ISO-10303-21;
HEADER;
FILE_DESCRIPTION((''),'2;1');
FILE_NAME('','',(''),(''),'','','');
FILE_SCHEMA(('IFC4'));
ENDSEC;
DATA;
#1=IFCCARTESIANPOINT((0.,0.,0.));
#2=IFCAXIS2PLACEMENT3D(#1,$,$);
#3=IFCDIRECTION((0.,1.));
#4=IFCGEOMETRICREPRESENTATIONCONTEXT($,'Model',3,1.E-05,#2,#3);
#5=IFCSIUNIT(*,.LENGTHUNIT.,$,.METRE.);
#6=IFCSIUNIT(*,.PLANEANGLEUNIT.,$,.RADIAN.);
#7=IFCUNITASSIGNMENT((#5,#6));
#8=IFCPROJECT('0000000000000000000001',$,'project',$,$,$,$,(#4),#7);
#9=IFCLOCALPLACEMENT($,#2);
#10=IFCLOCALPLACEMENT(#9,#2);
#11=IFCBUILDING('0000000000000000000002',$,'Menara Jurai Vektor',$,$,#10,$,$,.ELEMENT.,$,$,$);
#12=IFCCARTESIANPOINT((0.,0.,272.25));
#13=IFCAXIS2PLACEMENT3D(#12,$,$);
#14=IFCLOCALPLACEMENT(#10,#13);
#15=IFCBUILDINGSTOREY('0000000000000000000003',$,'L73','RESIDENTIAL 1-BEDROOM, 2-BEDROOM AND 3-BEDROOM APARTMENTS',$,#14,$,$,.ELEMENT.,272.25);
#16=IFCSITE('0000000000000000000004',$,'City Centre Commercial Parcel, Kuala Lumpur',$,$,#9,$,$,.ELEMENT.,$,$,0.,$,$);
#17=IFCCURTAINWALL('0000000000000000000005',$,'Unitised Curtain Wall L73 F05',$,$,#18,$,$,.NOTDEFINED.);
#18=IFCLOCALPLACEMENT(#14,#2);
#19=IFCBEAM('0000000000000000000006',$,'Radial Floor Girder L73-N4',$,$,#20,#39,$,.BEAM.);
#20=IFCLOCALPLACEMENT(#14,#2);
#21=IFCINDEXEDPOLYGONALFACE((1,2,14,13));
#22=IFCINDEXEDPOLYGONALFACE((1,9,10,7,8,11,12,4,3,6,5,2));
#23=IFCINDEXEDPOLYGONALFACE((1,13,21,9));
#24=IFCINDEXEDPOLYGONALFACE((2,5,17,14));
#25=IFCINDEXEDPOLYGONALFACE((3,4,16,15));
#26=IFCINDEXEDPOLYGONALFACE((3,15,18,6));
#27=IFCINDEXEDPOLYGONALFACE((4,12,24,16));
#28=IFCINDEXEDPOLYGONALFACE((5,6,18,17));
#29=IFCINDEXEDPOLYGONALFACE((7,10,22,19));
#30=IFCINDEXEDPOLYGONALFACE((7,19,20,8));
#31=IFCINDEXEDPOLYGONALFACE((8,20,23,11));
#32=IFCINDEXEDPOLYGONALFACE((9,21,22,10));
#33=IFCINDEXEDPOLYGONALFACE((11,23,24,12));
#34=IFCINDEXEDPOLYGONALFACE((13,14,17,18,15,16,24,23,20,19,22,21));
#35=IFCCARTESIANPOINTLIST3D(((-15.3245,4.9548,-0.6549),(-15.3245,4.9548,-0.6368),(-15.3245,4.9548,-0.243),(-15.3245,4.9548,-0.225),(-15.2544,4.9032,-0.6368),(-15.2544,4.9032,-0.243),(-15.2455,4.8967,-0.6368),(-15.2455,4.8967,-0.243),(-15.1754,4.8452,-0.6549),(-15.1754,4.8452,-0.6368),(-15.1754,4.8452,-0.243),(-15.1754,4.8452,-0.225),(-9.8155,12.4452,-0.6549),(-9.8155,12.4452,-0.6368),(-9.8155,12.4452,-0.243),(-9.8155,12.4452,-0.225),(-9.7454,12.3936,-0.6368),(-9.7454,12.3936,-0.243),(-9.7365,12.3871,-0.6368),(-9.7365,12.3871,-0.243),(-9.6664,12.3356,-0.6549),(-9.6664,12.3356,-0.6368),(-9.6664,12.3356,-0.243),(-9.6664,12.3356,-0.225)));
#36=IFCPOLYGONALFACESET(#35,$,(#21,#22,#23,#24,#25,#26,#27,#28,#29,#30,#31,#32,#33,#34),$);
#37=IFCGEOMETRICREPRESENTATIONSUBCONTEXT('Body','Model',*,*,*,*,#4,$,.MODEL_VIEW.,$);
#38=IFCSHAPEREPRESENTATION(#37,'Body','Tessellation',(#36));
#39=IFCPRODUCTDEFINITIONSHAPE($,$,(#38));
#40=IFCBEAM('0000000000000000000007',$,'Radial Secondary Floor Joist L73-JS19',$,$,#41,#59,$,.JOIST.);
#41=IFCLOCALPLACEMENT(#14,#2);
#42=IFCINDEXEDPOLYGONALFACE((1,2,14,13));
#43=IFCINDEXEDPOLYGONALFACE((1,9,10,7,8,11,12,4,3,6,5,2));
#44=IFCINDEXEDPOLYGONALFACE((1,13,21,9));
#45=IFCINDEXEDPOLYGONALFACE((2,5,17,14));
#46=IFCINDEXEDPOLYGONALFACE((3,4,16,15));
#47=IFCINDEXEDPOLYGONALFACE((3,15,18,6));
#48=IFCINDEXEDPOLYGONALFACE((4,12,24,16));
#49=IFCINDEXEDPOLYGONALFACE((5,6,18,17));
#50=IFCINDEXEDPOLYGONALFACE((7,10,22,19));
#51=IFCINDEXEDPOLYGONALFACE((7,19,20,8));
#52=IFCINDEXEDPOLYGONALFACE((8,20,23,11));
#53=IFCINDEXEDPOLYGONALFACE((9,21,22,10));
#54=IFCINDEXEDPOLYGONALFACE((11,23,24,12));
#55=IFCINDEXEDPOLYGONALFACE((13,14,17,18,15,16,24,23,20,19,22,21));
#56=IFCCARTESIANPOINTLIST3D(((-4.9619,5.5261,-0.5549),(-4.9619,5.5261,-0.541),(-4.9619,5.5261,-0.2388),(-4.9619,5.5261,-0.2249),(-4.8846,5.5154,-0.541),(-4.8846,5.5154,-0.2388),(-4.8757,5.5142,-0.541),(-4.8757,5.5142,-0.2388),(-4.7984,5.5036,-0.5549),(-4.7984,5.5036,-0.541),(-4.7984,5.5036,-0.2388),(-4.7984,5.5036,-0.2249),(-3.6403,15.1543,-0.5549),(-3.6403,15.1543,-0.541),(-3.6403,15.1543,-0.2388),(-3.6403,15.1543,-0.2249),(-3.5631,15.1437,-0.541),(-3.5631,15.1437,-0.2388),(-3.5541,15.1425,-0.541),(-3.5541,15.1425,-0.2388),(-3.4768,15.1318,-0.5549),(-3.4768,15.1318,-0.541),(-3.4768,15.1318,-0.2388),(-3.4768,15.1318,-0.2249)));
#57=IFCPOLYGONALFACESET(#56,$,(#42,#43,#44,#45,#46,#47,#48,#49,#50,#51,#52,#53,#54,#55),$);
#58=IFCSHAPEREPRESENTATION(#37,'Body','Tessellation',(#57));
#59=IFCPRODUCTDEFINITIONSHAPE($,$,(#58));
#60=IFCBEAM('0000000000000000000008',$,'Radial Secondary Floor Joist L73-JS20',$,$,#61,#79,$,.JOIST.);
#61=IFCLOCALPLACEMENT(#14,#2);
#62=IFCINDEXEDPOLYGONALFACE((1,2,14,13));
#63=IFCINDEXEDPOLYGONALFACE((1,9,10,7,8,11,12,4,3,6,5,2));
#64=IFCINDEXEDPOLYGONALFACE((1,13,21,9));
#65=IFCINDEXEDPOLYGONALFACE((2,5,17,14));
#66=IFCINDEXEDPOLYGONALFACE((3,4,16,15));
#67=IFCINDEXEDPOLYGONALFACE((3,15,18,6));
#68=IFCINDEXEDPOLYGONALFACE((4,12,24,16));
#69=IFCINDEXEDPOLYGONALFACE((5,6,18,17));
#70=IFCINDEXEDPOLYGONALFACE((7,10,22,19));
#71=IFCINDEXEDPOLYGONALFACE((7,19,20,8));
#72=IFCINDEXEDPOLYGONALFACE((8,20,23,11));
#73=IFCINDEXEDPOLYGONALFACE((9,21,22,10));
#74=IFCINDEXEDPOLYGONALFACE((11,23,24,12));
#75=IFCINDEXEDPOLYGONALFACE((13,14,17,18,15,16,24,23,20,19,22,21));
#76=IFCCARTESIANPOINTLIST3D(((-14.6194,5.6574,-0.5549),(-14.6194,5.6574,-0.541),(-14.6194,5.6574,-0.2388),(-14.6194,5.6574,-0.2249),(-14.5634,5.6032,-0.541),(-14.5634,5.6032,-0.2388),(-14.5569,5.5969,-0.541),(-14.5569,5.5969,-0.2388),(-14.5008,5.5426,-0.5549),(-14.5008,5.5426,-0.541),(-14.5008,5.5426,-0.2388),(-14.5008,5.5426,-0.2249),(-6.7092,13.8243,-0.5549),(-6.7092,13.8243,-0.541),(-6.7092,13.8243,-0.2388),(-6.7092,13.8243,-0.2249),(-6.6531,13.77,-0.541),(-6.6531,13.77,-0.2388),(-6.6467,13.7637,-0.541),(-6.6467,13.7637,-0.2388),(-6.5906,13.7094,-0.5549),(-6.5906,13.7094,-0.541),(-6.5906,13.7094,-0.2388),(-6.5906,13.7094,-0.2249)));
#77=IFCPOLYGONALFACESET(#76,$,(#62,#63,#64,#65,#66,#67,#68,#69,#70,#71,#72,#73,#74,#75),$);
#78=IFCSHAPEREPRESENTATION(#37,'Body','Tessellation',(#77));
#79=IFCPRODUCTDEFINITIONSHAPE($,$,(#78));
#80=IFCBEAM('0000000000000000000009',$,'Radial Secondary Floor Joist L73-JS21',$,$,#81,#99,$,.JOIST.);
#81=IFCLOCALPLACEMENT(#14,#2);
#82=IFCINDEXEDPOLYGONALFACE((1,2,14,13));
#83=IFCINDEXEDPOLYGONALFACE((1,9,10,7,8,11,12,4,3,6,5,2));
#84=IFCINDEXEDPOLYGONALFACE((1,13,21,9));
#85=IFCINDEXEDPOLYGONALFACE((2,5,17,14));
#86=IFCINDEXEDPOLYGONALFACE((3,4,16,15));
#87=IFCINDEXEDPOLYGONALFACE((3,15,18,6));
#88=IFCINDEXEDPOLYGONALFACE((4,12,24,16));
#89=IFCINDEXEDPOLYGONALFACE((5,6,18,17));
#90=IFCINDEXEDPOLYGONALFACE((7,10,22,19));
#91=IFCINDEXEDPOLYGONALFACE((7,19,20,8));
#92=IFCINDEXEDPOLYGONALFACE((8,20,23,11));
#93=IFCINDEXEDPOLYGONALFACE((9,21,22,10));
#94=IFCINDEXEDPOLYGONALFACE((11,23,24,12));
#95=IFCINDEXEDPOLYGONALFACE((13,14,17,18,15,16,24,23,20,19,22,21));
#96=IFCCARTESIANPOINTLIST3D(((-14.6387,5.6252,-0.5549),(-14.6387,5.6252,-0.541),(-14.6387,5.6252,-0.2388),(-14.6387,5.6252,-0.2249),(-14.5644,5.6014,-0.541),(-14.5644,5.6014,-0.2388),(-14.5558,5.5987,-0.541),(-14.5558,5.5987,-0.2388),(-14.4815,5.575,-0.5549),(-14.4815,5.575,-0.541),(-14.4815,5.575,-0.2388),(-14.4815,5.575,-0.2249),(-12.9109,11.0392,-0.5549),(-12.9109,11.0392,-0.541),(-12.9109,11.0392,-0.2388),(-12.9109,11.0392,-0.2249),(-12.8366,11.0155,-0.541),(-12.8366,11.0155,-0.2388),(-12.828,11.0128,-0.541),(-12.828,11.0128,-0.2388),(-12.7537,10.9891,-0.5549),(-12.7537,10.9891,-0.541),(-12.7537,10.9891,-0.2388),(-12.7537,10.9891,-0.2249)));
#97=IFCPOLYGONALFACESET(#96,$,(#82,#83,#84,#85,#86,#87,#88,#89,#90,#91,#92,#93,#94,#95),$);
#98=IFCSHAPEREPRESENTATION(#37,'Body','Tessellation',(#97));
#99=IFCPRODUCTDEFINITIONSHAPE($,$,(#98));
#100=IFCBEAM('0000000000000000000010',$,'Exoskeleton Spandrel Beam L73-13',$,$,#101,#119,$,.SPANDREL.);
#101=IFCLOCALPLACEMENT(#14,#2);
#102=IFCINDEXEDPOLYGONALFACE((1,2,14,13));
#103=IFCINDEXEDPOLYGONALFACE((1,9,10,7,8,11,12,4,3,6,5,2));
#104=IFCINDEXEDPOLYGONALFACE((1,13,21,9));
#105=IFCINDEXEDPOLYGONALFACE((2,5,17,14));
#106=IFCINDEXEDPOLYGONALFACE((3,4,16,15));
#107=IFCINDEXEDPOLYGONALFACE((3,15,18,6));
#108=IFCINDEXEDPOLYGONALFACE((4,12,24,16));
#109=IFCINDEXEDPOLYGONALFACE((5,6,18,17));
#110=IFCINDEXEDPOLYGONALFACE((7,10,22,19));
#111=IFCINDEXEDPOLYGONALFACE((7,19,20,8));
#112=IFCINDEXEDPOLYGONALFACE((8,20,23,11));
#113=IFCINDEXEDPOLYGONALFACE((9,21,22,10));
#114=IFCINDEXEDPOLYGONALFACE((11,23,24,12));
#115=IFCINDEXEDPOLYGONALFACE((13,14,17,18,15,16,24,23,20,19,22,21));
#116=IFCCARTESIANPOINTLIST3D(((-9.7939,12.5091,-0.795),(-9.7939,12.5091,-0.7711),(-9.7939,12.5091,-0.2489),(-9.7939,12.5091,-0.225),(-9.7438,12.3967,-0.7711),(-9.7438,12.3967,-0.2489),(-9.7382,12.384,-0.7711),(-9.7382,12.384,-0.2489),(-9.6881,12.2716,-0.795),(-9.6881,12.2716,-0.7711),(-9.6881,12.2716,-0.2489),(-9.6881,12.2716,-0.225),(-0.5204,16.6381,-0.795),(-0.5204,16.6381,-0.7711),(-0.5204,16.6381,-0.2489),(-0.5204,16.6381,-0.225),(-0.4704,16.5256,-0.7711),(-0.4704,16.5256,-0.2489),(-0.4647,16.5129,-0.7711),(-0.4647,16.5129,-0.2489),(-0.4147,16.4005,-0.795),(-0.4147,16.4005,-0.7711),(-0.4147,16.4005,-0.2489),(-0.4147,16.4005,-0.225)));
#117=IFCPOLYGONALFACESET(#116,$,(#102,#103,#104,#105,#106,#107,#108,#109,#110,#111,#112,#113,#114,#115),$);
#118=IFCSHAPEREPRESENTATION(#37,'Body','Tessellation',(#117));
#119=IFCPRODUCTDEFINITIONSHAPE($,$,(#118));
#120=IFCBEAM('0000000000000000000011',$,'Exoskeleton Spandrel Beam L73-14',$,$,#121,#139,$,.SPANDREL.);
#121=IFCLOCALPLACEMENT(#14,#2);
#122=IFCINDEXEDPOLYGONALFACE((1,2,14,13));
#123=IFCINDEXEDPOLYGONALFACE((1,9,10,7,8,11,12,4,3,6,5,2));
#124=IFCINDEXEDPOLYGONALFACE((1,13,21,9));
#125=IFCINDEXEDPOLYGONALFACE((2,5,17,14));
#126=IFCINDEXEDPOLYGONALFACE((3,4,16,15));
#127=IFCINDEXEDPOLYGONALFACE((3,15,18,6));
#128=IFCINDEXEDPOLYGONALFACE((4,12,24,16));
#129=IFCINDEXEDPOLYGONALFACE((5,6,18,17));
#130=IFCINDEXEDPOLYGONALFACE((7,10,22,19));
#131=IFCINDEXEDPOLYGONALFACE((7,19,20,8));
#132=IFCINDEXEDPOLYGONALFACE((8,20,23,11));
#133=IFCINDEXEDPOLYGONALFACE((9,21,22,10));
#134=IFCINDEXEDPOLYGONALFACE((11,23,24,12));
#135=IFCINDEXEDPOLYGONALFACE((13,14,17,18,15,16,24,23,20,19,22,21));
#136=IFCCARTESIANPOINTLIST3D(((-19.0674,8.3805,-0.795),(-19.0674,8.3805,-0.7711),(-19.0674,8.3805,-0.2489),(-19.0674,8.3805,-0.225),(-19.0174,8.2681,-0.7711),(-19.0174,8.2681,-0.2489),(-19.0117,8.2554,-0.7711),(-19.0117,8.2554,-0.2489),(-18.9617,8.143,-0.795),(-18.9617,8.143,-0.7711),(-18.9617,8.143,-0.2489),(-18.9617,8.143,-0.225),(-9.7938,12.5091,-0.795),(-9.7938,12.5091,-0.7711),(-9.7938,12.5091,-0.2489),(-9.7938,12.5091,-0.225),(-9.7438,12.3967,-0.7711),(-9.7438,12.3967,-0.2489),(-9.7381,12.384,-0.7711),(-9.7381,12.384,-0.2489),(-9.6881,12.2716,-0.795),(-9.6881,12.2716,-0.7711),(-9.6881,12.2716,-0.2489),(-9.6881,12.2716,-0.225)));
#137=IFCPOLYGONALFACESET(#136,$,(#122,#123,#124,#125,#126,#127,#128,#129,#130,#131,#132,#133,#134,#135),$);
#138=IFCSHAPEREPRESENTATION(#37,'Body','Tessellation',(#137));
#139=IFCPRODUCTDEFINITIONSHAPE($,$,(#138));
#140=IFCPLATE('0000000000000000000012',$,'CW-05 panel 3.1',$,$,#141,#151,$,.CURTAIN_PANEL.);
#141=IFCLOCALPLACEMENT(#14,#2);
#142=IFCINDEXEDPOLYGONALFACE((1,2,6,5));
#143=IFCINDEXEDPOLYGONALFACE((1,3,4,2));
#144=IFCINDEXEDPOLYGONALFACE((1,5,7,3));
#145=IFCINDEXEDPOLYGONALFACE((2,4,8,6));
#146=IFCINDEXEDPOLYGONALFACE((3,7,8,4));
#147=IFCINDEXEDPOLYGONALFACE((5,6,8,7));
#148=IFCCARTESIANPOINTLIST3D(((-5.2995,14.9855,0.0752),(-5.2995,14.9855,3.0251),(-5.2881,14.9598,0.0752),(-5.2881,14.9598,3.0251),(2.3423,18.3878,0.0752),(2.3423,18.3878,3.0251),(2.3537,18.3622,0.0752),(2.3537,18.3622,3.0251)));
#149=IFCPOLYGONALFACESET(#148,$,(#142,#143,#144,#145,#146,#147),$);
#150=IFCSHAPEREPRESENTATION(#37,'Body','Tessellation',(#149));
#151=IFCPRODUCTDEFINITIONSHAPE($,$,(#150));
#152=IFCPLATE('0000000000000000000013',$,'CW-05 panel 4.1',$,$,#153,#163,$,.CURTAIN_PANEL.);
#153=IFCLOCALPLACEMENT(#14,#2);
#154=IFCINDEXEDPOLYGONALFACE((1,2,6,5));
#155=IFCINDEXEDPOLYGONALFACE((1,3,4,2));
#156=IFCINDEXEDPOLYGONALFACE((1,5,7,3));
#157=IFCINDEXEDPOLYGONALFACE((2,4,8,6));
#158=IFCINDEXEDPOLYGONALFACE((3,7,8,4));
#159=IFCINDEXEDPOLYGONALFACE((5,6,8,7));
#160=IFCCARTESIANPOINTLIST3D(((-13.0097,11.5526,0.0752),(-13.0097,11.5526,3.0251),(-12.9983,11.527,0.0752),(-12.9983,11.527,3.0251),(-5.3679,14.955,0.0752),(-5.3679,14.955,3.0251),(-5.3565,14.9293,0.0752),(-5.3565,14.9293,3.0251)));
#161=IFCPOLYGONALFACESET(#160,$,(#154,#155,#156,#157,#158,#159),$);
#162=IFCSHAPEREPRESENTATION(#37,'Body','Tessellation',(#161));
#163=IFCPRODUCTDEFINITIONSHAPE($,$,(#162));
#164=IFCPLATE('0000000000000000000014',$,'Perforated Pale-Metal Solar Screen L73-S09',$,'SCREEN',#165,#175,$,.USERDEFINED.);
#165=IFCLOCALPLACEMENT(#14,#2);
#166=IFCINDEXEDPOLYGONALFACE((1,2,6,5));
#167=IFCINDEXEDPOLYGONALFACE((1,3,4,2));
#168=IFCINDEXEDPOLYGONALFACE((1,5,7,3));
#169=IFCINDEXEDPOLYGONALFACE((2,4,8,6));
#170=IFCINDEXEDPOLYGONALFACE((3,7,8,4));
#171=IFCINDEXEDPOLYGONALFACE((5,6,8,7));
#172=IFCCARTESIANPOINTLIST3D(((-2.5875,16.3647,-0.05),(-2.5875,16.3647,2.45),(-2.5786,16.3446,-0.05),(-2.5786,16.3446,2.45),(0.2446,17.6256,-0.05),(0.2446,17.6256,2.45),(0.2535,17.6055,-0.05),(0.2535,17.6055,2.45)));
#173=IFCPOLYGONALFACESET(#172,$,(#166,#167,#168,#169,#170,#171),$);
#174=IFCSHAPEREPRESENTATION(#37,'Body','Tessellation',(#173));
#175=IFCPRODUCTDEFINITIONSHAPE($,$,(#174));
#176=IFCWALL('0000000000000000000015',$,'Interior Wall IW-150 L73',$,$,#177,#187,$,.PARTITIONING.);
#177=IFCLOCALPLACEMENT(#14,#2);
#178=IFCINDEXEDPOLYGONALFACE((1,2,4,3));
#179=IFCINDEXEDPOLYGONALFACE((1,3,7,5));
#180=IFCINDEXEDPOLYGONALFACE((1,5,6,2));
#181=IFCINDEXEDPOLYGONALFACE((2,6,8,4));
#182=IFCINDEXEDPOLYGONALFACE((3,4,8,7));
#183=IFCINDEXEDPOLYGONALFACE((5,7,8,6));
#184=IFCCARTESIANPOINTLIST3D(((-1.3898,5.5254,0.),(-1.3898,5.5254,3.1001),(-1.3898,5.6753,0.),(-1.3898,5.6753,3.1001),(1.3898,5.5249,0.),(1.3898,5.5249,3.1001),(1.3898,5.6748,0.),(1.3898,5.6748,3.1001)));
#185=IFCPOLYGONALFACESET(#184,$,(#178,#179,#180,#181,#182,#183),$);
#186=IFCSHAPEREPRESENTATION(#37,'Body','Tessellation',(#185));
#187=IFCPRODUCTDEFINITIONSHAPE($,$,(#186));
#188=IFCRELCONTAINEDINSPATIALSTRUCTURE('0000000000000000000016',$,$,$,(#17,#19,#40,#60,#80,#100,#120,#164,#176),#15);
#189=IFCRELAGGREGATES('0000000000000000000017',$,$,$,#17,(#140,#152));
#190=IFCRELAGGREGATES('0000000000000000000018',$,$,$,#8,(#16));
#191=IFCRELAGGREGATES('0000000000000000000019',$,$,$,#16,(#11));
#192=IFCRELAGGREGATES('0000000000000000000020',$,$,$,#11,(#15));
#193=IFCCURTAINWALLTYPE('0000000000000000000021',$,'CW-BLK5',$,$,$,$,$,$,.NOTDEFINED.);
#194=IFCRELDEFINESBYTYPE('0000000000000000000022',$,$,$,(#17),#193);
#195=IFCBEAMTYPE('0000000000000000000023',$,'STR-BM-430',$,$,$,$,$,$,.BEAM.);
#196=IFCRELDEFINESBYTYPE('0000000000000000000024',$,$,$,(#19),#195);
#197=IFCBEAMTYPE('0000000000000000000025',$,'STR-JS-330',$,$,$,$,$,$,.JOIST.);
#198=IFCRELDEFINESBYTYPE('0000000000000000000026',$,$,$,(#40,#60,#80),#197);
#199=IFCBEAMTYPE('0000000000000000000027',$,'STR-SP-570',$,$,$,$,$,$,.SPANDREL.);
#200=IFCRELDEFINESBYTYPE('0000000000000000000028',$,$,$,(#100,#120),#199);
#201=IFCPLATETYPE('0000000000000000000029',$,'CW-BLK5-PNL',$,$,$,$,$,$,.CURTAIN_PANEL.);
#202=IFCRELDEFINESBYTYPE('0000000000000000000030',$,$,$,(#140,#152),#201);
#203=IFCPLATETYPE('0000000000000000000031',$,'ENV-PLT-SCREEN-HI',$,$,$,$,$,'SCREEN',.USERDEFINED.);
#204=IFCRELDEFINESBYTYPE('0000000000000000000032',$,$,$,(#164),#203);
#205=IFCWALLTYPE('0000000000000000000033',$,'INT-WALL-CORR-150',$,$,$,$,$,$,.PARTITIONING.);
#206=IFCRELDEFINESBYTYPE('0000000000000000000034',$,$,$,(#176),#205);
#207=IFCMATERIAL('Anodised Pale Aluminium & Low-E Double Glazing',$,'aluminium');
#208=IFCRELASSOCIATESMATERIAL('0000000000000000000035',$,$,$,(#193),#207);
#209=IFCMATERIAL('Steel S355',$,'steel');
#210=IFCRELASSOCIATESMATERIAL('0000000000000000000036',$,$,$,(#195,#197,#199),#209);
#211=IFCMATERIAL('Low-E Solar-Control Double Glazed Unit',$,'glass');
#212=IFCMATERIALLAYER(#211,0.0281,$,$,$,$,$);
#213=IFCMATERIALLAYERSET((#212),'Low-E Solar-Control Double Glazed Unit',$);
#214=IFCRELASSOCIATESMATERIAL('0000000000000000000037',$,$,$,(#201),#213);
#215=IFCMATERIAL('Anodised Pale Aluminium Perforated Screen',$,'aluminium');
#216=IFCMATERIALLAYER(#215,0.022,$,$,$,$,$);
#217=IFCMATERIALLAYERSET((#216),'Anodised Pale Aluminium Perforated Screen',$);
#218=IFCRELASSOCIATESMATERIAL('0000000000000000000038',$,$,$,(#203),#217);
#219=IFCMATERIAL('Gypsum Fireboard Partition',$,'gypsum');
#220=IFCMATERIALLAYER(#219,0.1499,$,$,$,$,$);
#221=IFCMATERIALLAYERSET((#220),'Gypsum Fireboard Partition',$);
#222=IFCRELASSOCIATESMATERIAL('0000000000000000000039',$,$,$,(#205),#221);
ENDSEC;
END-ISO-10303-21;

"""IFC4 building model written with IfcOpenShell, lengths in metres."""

from ifc_helpers import new_model, si_unit, direction, frame, frame_2d, origin, origin_2d, place, context, subcontext, project, spatial, rectangle, i_section, extrude, material, layer, layer_set, material_profile, profile_set, type_object, element, aggregate, save


model = new_model("IFC4")

# Units and contexts
model_context = context("Model", 3, precision=1e-05, world=origin(), true_north=direction((0.0, 1.0)))
body_context = subcontext(model_context, "Body", "Model", "MODEL_VIEW")
ifc_project = project(units=[si_unit("LENGTHUNIT", "METRE"), si_unit("PLANEANGLEUNIT", "RADIAN")], contexts=[model_context])

# Site, building, storey
site_placement = place(None, origin())
site = spatial("IfcSite", under=ifc_project, at=site_placement, Name="City Centre Commercial Parcel, Kuala Lumpur", CompositionType="ELEMENT", RefElevation=0.0)
building_placement = place(site_placement, origin())
building = spatial("IfcBuilding", under=site, at=building_placement, Name="Menara Jurai Vektor", CompositionType="ELEMENT")
storey_placement = place(building_placement, frame((0.0, 0.0, 272.25)))
storey = spatial("IfcBuildingStorey", under=building, at=storey_placement, Name="L73", Description="RESIDENTIAL 1-BEDROOM, 2-BEDROOM AND 3-BEDROOM APARTMENTS", CompositionType="ELEMENT", Elevation=272.25)

# Curtain wall
ifc_material_1 = material(Name="Anodised Pale Aluminium & Low-E Double Glazing", Category="aluminium")
curtain_wall_type = type_object("IfcCurtainWallType", Name="CW-BLK5", PredefinedType="NOTDEFINED", material=ifc_material_1)
curtain_wall_placement = place(storey_placement, origin())
curtain_wall = element("IfcCurtainWall", 1, at=curtain_wall_placement, inside=storey, type_object=curtain_wall_type, Name="Unitised Curtain Wall L73 F05", PredefinedType="NOTDEFINED")

# Beams
ifc_material_2 = material(Name="Steel S355", Category="steel")
ifc_material_profile_1 = material_profile(ifc_material_2, i_section(OverallWidth=0.1851, OverallDepth=0.4299, WebThickness=0.011, FlangeThickness=0.0181, at=origin_2d()), Name="PG 430x185x76")
ifc_profile_set_1 = profile_set([ifc_material_profile_1], Name="Steel S355")
beam_type_1 = type_object("IfcBeamType", Name="STR-BM-430", PredefinedType="BEAM", material=ifc_profile_set_1)
beam_1_placement = place(storey_placement, frame((-9.741, 12.3904, -0.4399), z_axis=(-0.592483, -0.805583, 0.0), x_axis=(0.805583, -0.592483, 0.0)))
element("IfcBeam", 2, at=beam_1_placement, inside=storey, type_object=beam_type_1, Name="Radial Floor Girder L73-N4", PredefinedType="BEAM", context=body_context, shape_type="SweptSolid", body=[
    extrude(i_section(OverallWidth=0.1851, OverallDepth=0.4299, WebThickness=0.011, FlangeThickness=0.0181, at=origin_2d()), origin(), (0.0, 0.0, 1.0), 9.2981),
])
ifc_material_profile_2 = material_profile(ifc_material_2, i_section(OverallWidth=0.165, OverallDepth=0.3301, WebThickness=0.009, FlangeThickness=0.0139, at=origin_2d()), Name="PG 330x165x46")
ifc_profile_set_2 = profile_set([ifc_material_profile_2], Name="Steel S355")
beam_type_2 = type_object("IfcBeamType", Name="STR-JS-330", PredefinedType="JOIST", material=ifc_profile_set_2)
beam_2_placement = place(storey_placement, frame((-3.5586, 15.1431, -0.3899), z_axis=(-0.135982, -0.990711, 0.0), x_axis=(0.990711, -0.135982, 0.0)))
element("IfcBeam", 3, at=beam_2_placement, inside=storey, type_object=beam_type_2, Name="Radial Secondary Floor Joist L73-JS19", PredefinedType="JOIST", context=body_context, shape_type="SweptSolid", body=[
    extrude(i_section(OverallWidth=0.165, OverallDepth=0.3301, WebThickness=0.009, FlangeThickness=0.0139, at=origin_2d()), origin(), (0.0, 0.0, 1.0), 9.7185),
])
beam_3_placement = place(storey_placement, frame((-6.6499, 13.7668, -0.3899), z_axis=(-0.695733, -0.718301, 0.0), x_axis=(0.718301, -0.695733, 0.0)))
element("IfcBeam", 4, at=beam_3_placement, inside=storey, type_object=beam_type_2, Name="Radial Secondary Floor Joist L73-JS20", PredefinedType="JOIST", context=body_context, shape_type="SweptSolid", body=[
    extrude(i_section(OverallWidth=0.165, OverallDepth=0.3301, WebThickness=0.009, FlangeThickness=0.0139, at=origin_2d()), origin(), (0.0, 0.0, 1.0), 11.3696),
])
beam_4_placement = place(storey_placement, frame((-12.8323, 11.0142, -0.3899), z_axis=(-0.304023, -0.952665, 0.0), x_axis=(0.952665, -0.304023, 0.0)))
element("IfcBeam", 5, at=beam_4_placement, inside=storey, type_object=beam_type_2, Name="Radial Secondary Floor Joist L73-JS21", PredefinedType="JOIST", context=body_context, shape_type="SweptSolid", body=[
    extrude(i_section(OverallWidth=0.165, OverallDepth=0.3301, WebThickness=0.009, FlangeThickness=0.0139, at=origin_2d()), origin(), (0.0, 0.0, 1.0), 5.6831),
])
ifc_material_profile_3 = material_profile(ifc_material_2, i_section(OverallWidth=0.26, OverallDepth=0.5701, WebThickness=0.0139, FlangeThickness=0.0239, at=origin_2d()), Name="PG 570x260x145")
ifc_profile_set_3 = profile_set([ifc_material_profile_3], Name="Steel S355")
beam_type_3 = type_object("IfcBeamType", Name="STR-SP-570", PredefinedType="SPANDREL", material=ifc_profile_set_3)
for number, where, z_axis, x_axis, name in (
    (6, (-0.4675, 16.5193, -0.51), (-0.913542, -0.406745, 0.0), (0.406745, -0.913542, 0.0), "Exoskeleton Spandrel Beam L73-13"),
    (7, (-9.741, 12.3904, -0.51), (-0.913554, -0.406716, 0.0), (0.406716, -0.913554, 0.0), "Exoskeleton Spandrel Beam L73-14"),
):
    element("IfcBeam", number, at=place(storey_placement, frame(where, z_axis=z_axis, x_axis=x_axis)), inside=storey, type_object=beam_type_3, Name=name, PredefinedType="SPANDREL", context=body_context, shape_type="SweptSolid", body=[
        extrude(i_section(OverallWidth=0.26, OverallDepth=0.5701, WebThickness=0.0139, FlangeThickness=0.0239, at=origin_2d()), origin(), (0.0, 0.0, 1.0), 10.1511),
    ])

# Plates
ifc_material_3 = material(Name="Low-E Solar-Control Double Glazed Unit", Category="glass")
ifc_layer_1 = layer(ifc_material_3, 0.0281)
ifc_layer_set_1 = layer_set([ifc_layer_1], Name="Low-E Solar-Control Double Glazed Unit")
plate_type_1 = type_object("IfcPlateType", Name="CW-BLK5-PNL", PredefinedType="CURTAIN_PANEL", material=ifc_layer_set_1)
plate_1_placement = place(storey_placement, frame((-1.4729, 16.6738, 0.0752), z_axis=(0.0, 0.0, 1.0), x_axis=(-0.913546, -0.406735, 0.0)))
plate_1 = element("IfcPlate", 8, at=plate_1_placement, type_object=plate_type_1, Name="CW-05 panel 3.1", PredefinedType="CURTAIN_PANEL", context=body_context, shape_type="SweptSolid", body=[
    extrude(rectangle(XDim=8.365, YDim=0.0281, at=origin_2d()), origin(), (0.0, 0.0, 1.0), 2.95),
])
plate_2_placement = place(storey_placement, frame((-9.1831, 13.241, 0.0752), z_axis=(0.0, 0.0, 1.0), x_axis=(-0.913546, -0.406735, 0.0)))
plate_2 = element("IfcPlate", 9, at=plate_2_placement, type_object=plate_type_1, Name="CW-05 panel 4.1", PredefinedType="CURTAIN_PANEL", context=body_context, shape_type="SweptSolid", body=[
    extrude(rectangle(XDim=8.365, YDim=0.0281, at=origin_2d()), origin(), (0.0, 0.0, 1.0), 2.95),
])
aggregate(curtain_wall, [plate_1, plate_2])
ifc_material_4 = material(Name="Anodised Pale Aluminium Perforated Screen", Category="aluminium")
ifc_layer_2 = layer(ifc_material_4, 0.022)
ifc_layer_set_2 = layer_set([ifc_layer_2], Name="Anodised Pale Aluminium Perforated Screen")
plate_type_2 = type_object("IfcPlateType", Name="ENV-PLT-SCREEN-HI", ElementType="SCREEN", PredefinedType="USERDEFINED", material=ifc_layer_set_2)
plate_3_placement = place(storey_placement, frame((-1.167, 16.9851, -0.05), z_axis=(0.0, 0.0, 1.0), x_axis=(-0.913545, -0.406737, 0.0)))
element("IfcPlate", 10, at=plate_3_placement, inside=storey, type_object=plate_type_2, Name="Perforated Pale-Metal Solar Screen L73-S09", ObjectType="SCREEN", PredefinedType="USERDEFINED", context=body_context, shape_type="SweptSolid", body=[
    extrude(rectangle(XDim=3.1001, YDim=0.022, at=origin_2d()), origin(), (0.0, 0.0, 1.0), 2.5),
])

# Wall
ifc_material_5 = material(Name="Gypsum Fireboard Partition", Category="gypsum")
ifc_layer_3 = layer(ifc_material_5, 0.1499)
ifc_layer_set_3 = layer_set([ifc_layer_3], Name="Gypsum Fireboard Partition")
wall_type = type_object("IfcWallType", Name="INT-WALL-CORR-150", PredefinedType="PARTITIONING", material=ifc_layer_set_3)
wall_1_placement = place(storey_placement, frame((-1.3896, 5.6003, 0.0), z_axis=(0.0, 0.0, 1.0), x_axis=(1.0, -0.000176, 0.0)))
element("IfcWall", 11, at=wall_1_placement, inside=storey, type_object=wall_type, Name="Interior Wall IW-150 L73", PredefinedType="PARTITIONING", context=body_context, shape_type="SweptSolid", body=[
    extrude(rectangle(XDim=2.7795, YDim=0.1499, at=frame_2d((1.3896, 0.0))), origin(), (0.0, 0.0, 1.0), 3.1001),
])

save(model, "model.ifc")
